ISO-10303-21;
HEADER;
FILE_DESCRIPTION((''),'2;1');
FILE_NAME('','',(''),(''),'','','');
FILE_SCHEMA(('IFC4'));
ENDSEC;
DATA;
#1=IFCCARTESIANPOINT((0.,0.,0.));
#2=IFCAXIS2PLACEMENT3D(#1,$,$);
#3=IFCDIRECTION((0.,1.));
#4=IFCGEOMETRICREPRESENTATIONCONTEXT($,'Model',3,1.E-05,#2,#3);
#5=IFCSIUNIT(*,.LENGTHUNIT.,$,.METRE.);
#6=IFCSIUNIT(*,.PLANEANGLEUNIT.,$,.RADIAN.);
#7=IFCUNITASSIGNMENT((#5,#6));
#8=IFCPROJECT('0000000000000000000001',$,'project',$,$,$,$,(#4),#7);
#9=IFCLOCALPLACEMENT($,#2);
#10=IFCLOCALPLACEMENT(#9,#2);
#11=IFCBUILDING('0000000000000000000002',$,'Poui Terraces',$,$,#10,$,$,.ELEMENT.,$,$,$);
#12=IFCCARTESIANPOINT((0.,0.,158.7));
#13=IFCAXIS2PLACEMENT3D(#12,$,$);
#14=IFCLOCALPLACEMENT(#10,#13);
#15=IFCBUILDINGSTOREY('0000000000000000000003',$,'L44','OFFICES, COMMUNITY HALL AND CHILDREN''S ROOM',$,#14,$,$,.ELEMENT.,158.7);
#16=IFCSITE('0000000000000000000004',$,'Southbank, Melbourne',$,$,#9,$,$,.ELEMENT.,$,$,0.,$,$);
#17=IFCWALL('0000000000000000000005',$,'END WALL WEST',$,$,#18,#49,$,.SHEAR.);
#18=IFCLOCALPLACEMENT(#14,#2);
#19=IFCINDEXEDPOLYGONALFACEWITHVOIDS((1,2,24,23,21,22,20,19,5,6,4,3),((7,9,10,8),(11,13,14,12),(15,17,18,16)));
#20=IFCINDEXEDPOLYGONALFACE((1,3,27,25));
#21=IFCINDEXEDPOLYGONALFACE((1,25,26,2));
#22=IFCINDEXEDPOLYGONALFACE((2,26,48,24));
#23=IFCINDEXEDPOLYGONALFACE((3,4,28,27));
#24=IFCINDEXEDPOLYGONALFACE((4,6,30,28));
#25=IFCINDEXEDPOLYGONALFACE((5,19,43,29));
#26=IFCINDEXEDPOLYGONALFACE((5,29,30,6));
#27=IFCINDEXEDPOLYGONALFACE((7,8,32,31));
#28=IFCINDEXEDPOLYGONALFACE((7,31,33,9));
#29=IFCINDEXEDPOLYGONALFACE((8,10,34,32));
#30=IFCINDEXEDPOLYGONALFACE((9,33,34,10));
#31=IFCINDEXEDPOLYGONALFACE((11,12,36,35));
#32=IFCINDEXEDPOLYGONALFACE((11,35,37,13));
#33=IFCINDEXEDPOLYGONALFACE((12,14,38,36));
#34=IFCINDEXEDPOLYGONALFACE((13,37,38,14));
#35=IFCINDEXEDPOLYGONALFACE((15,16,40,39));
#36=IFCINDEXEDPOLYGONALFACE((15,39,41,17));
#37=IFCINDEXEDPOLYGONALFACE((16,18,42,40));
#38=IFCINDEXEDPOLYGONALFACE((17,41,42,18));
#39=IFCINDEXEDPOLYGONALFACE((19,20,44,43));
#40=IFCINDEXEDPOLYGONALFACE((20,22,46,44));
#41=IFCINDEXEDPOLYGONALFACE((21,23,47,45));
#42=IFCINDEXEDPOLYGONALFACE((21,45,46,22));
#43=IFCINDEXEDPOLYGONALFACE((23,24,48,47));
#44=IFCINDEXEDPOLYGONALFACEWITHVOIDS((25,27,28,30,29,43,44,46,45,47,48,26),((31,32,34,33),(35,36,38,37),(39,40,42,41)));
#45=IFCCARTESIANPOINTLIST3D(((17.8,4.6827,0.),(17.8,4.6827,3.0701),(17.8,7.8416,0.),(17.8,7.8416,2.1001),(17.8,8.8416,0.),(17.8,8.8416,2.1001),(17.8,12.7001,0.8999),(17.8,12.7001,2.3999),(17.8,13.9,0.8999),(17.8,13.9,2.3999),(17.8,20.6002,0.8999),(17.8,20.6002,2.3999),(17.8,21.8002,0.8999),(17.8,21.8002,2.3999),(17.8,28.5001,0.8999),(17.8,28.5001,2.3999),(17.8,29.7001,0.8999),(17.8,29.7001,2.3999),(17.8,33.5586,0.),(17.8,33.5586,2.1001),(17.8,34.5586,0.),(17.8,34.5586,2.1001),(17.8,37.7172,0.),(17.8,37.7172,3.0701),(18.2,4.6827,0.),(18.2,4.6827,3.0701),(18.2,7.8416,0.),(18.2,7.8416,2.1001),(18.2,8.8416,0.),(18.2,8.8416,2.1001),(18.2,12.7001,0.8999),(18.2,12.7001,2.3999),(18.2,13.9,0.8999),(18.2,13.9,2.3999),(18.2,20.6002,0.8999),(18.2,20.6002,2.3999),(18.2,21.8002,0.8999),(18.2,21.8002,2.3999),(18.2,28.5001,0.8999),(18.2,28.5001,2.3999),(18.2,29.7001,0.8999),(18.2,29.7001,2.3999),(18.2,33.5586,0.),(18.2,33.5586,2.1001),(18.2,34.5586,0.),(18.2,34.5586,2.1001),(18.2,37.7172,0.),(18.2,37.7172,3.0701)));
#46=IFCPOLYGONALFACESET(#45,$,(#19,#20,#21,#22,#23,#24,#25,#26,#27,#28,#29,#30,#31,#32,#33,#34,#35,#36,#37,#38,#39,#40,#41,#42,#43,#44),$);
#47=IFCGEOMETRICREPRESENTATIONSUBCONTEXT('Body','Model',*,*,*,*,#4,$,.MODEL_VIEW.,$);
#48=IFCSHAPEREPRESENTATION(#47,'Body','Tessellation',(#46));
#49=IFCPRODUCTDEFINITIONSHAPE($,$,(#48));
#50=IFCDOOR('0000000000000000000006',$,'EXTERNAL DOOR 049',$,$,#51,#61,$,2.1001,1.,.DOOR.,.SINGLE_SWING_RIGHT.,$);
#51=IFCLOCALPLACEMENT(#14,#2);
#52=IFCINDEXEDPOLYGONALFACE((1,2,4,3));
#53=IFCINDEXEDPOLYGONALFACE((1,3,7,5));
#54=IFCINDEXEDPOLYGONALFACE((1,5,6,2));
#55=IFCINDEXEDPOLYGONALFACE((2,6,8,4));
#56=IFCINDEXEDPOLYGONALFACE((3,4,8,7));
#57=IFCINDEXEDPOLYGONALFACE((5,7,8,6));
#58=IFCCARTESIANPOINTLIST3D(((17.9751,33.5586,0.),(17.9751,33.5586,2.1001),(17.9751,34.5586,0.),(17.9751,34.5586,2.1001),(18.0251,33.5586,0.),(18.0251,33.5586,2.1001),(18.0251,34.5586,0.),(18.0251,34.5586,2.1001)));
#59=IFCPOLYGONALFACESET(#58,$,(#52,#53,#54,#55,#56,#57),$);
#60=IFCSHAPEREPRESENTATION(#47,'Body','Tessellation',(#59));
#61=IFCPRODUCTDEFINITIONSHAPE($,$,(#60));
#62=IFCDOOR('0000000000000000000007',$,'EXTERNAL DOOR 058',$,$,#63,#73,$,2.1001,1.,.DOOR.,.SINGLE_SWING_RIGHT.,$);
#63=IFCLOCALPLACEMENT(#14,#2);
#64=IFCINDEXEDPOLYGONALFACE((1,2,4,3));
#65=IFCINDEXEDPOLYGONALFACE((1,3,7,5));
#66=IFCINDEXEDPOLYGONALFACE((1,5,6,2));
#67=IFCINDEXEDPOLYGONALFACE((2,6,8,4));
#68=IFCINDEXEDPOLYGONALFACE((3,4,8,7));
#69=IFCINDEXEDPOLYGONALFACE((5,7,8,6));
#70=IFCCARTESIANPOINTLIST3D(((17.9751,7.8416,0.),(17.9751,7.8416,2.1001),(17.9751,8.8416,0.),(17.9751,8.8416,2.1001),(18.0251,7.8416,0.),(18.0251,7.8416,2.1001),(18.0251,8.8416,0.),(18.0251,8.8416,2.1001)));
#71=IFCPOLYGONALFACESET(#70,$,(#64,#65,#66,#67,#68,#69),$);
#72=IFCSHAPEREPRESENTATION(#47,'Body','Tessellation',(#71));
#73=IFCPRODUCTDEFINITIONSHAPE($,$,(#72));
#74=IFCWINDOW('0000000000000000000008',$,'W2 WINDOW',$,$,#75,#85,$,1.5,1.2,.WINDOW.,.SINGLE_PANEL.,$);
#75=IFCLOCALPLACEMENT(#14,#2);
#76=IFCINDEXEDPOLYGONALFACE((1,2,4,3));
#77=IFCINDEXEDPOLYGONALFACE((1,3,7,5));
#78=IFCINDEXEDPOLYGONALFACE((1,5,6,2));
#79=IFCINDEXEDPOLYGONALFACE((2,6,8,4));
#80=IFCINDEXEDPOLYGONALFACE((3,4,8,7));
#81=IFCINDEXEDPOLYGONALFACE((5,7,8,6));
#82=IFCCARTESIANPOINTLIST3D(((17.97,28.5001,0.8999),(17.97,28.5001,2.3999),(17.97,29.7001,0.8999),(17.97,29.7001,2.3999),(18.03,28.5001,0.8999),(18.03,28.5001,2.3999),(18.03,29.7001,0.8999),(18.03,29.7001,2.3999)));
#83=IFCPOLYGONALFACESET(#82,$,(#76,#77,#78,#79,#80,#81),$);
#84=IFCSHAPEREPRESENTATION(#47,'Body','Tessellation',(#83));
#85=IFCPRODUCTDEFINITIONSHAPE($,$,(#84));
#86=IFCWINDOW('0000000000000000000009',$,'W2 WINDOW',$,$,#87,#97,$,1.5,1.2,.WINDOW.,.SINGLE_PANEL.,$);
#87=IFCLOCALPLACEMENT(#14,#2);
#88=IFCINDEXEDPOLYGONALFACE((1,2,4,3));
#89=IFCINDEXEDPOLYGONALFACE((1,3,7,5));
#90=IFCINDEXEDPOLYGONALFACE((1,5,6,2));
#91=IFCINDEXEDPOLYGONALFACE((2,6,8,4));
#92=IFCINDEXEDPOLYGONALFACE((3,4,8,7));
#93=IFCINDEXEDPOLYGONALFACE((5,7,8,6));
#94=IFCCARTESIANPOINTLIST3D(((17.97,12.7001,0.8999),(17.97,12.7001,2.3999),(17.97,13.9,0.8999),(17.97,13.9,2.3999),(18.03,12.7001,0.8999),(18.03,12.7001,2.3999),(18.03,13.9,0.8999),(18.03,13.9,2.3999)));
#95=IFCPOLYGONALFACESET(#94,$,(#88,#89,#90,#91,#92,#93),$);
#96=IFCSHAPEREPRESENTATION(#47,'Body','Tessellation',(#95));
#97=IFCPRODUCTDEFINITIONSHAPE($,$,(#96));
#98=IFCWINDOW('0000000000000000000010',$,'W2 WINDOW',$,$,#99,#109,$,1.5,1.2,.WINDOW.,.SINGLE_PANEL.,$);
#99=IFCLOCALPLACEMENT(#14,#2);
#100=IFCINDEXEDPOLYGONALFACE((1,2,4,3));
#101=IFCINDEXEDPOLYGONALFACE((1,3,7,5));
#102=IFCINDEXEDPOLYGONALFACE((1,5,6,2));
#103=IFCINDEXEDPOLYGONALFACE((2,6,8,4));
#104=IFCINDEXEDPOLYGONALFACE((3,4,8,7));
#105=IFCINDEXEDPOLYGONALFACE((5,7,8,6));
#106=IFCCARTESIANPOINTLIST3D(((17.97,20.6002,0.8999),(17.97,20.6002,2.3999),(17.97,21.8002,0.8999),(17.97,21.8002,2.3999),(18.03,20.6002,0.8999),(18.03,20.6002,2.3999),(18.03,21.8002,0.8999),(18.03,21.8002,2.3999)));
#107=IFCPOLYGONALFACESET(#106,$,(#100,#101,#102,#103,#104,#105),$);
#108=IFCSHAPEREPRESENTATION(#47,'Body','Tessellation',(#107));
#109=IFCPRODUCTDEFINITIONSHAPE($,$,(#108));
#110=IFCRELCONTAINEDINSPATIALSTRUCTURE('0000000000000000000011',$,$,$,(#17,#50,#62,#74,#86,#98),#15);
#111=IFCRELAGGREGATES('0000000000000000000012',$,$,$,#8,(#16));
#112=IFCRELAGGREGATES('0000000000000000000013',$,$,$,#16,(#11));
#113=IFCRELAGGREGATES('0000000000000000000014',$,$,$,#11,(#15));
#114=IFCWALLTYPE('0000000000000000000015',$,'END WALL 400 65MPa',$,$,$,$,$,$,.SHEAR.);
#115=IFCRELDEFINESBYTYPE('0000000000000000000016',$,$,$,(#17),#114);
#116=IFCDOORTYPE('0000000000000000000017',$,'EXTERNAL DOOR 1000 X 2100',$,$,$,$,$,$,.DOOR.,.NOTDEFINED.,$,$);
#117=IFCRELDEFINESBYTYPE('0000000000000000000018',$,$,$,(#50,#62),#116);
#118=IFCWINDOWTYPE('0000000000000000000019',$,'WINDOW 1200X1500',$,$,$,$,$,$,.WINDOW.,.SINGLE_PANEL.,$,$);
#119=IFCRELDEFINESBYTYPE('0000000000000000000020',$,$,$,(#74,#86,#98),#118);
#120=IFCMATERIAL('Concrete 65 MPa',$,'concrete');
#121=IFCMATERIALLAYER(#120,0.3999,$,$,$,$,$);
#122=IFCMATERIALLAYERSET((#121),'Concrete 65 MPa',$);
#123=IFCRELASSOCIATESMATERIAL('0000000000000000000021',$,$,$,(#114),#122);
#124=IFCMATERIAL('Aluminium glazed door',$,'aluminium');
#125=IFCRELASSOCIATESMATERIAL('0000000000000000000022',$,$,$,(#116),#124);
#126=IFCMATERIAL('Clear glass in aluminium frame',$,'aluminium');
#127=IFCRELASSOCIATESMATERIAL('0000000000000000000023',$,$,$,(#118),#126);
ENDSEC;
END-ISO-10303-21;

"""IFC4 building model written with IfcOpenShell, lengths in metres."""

from ifc_helpers import new_model, si_unit, direction, frame, frame_2d, origin, place, context, subcontext, project, spatial, rectangle, extrude, material, layer, layer_set, type_object, element, fill, save


model = new_model("IFC4")

# Units and contexts
model_context = context("Model", 3, precision=1e-05, world=origin(), true_north=direction((0.0, 1.0)))
body_context = subcontext(model_context, "Body", "Model", "MODEL_VIEW")
ifc_project = project(units=[si_unit("LENGTHUNIT", "METRE"), si_unit("PLANEANGLEUNIT", "RADIAN")], contexts=[model_context])

# Site, building, storey
site_placement = place(None, origin())
site = spatial("IfcSite", under=ifc_project, at=site_placement, Name="Southbank, Melbourne", CompositionType="ELEMENT", RefElevation=0.0)
building_placement = place(site_placement, origin())
building = spatial("IfcBuilding", under=site, at=building_placement, Name="Poui Terraces", CompositionType="ELEMENT")
storey_placement = place(building_placement, frame((0.0, 0.0, 158.7)))
storey = spatial("IfcBuildingStorey", under=building, at=storey_placement, Name="L44", Description="OFFICES, COMMUNITY HALL AND CHILDREN'S ROOM", CompositionType="ELEMENT", Elevation=158.7)

# Wall, openings, doors, windows
ifc_material_1 = material(Name="Concrete 65 MPa", Category="concrete")
ifc_layer = layer(ifc_material_1, 0.3999)
ifc_layer_set = layer_set([ifc_layer], Name="Concrete 65 MPa")
wall_type = type_object("IfcWallType", Name="END WALL 400 65MPa", PredefinedType="SHEAR", material=ifc_layer_set)
wall_placement = place(storey_placement, frame((18.0, 4.6829, 0.0), z_axis=(0.0, 0.0, 1.0), x_axis=(0.0, 1.0, 0.0)))
wall = element("IfcWall", 1, at=wall_placement, inside=storey, type_object=wall_type, Name="END WALL WEST", PredefinedType="SHEAR", context=body_context, shape_type="SweptSolid", body=[
    extrude(rectangle(XDim=33.0344, YDim=0.3999, at=frame_2d((16.5171, 0.0))), origin(), (0.0, 0.0, 1.0), 3.0701),
])
opening_1_placement = place(wall_placement, frame((23.8171, 0.0, 0.8999)))
opening_1 = element("IfcOpeningElement", 2, at=opening_1_placement, cuts=wall, PredefinedType="OPENING", context=body_context, shape_type="SweptSolid", body=[
    extrude(rectangle(XDim=1.2, YDim=1.5, at=frame_2d((0.6001, 0.75))), frame((0.0, 0.21, 0.0), z_axis=(0.0, -1.0, 0.0), x_axis=(1.0, 0.0, 0.0)), (0.0, 0.0, 1.0), 0.4199),
])
opening_2_placement = place(wall_placement, frame((8.0171, 0.0, 0.8999)))
opening_2 = element("IfcOpeningElement", 3, at=opening_2_placement, cuts=wall, PredefinedType="OPENING", context=body_context, shape_type="SweptSolid", body=[
    extrude(rectangle(XDim=1.2, YDim=1.5, at=frame_2d((0.6001, 0.75))), frame((0.0, 0.21, 0.0), z_axis=(0.0, -1.0, 0.0), x_axis=(1.0, 0.0, 0.0)), (0.0, 0.0, 1.0), 0.4199),
])
opening_3_placement = place(wall_placement, frame((15.9172, 0.0, 0.8999)))
opening_3 = element("IfcOpeningElement", 4, at=opening_3_placement, cuts=wall, PredefinedType="OPENING", context=body_context, shape_type="SweptSolid", body=[
    extrude(rectangle(XDim=1.2, YDim=1.5, at=frame_2d((0.6001, 0.75))), frame((0.0, 0.21, 0.0), z_axis=(0.0, -1.0, 0.0), x_axis=(1.0, 0.0, 0.0)), (0.0, 0.0, 1.0), 0.4199),
])
opening_4_placement = place(wall_placement, frame((28.8757, 0.0, 0.0)))
opening_4 = element("IfcOpeningElement", 5, at=opening_4_placement, cuts=wall, PredefinedType="OPENING", context=body_context, shape_type="SweptSolid", body=[
    extrude(rectangle(XDim=1.0, YDim=2.1001, at=frame_2d((0.5, 1.05))), frame((0.0, 0.21, 0.0), z_axis=(0.0, -1.0, 0.0), x_axis=(1.0, 0.0, 0.0)), (0.0, 0.0, 1.0), 0.4199),
])
opening_5_placement = place(wall_placement, frame((3.1587, 0.0, 0.0)))
opening_5 = element("IfcOpeningElement", 6, at=opening_5_placement, cuts=wall, PredefinedType="OPENING", context=body_context, shape_type="SweptSolid", body=[
    extrude(rectangle(XDim=1.0, YDim=2.1001, at=frame_2d((0.5, 1.05))), frame((0.0, 0.21, 0.0), z_axis=(0.0, -1.0, 0.0), x_axis=(1.0, 0.0, 0.0)), (0.0, 0.0, 1.0), 0.4199),
])
ifc_material_2 = material(Name="Aluminium glazed door", Category="aluminium")
door_type = type_object("IfcDoorType", Name="EXTERNAL DOOR 1000 X 2100", OperationType="NOTDEFINED", PredefinedType="DOOR", material=ifc_material_2)
door_1_placement = place(opening_4_placement, origin())
door_1 = element("IfcDoor", 7, at=door_1_placement, inside=storey, type_object=door_type, Name="EXTERNAL DOOR 049", OperationType="SINGLE_SWING_RIGHT", OverallHeight=2.1001, OverallWidth=1.0, PredefinedType="DOOR", context=body_context, shape_type="SweptSolid", body=[
    extrude(rectangle(XDim=1.0, YDim=2.1001, at=frame_2d((0.5, 1.05))), frame((0.0, 0.0249, 0.0), z_axis=(0.0, -1.0, 0.0), x_axis=(1.0, 0.0, 0.0)), (0.0, 0.0, 1.0), 0.05),
])
fill(opening_4, door_1)
door_2_placement = place(opening_5_placement, origin())
door_2 = element("IfcDoor", 8, at=door_2_placement, inside=storey, type_object=door_type, Name="EXTERNAL DOOR 058", OperationType="SINGLE_SWING_RIGHT", OverallHeight=2.1001, OverallWidth=1.0, PredefinedType="DOOR", context=body_context, shape_type="SweptSolid", body=[
    extrude(rectangle(XDim=1.0, YDim=2.1001, at=frame_2d((0.5, 1.05))), frame((0.0, 0.0249, 0.0), z_axis=(0.0, -1.0, 0.0), x_axis=(1.0, 0.0, 0.0)), (0.0, 0.0, 1.0), 0.05),
])
fill(opening_5, door_2)
ifc_material_3 = material(Name="Clear glass in aluminium frame", Category="aluminium")
window_type = type_object("IfcWindowType", Name="WINDOW 1200X1500", PartitioningType="SINGLE_PANEL", PredefinedType="WINDOW", material=ifc_material_3)
window_1_placement = place(opening_1_placement, origin())
window_1 = element("IfcWindow", 9, at=window_1_placement, inside=storey, type_object=window_type, Name="W2 WINDOW", OverallHeight=1.5, OverallWidth=1.2, PartitioningType="SINGLE_PANEL", PredefinedType="WINDOW", context=body_context, shape_type="SweptSolid", body=[
    extrude(rectangle(XDim=1.2, YDim=1.5, at=frame_2d((0.6001, 0.75))), frame((0.0, 0.03, 0.0), z_axis=(0.0, -1.0, 0.0), x_axis=(1.0, 0.0, 0.0)), (0.0, 0.0, 1.0), 0.0601),
])
fill(opening_1, window_1)
window_2_placement = place(opening_2_placement, origin())
window_2 = element("IfcWindow", 10, at=window_2_placement, inside=storey, type_object=window_type, Name="W2 WINDOW", OverallHeight=1.5, OverallWidth=1.2, PartitioningType="SINGLE_PANEL", PredefinedType="WINDOW", context=body_context, shape_type="SweptSolid", body=[
    extrude(rectangle(XDim=1.2, YDim=1.5, at=frame_2d((0.6001, 0.75))), frame((0.0, 0.03, 0.0), z_axis=(0.0, -1.0, 0.0), x_axis=(1.0, 0.0, 0.0)), (0.0, 0.0, 1.0), 0.0601),
])
fill(opening_2, window_2)
window_3_placement = place(opening_3_placement, origin())
window_3 = element("IfcWindow", 11, at=window_3_placement, inside=storey, type_object=window_type, Name="W2 WINDOW", OverallHeight=1.5, OverallWidth=1.2, PartitioningType="SINGLE_PANEL", PredefinedType="WINDOW", context=body_context, shape_type="SweptSolid", body=[
    extrude(rectangle(XDim=1.2, YDim=1.5, at=frame_2d((0.6001, 0.75))), frame((0.0, 0.03, 0.0), z_axis=(0.0, -1.0, 0.0), x_axis=(1.0, 0.0, 0.0)), (0.0, 0.0, 1.0), 0.0601),
])
fill(opening_3, window_3)

save(model, "model.ifc")
